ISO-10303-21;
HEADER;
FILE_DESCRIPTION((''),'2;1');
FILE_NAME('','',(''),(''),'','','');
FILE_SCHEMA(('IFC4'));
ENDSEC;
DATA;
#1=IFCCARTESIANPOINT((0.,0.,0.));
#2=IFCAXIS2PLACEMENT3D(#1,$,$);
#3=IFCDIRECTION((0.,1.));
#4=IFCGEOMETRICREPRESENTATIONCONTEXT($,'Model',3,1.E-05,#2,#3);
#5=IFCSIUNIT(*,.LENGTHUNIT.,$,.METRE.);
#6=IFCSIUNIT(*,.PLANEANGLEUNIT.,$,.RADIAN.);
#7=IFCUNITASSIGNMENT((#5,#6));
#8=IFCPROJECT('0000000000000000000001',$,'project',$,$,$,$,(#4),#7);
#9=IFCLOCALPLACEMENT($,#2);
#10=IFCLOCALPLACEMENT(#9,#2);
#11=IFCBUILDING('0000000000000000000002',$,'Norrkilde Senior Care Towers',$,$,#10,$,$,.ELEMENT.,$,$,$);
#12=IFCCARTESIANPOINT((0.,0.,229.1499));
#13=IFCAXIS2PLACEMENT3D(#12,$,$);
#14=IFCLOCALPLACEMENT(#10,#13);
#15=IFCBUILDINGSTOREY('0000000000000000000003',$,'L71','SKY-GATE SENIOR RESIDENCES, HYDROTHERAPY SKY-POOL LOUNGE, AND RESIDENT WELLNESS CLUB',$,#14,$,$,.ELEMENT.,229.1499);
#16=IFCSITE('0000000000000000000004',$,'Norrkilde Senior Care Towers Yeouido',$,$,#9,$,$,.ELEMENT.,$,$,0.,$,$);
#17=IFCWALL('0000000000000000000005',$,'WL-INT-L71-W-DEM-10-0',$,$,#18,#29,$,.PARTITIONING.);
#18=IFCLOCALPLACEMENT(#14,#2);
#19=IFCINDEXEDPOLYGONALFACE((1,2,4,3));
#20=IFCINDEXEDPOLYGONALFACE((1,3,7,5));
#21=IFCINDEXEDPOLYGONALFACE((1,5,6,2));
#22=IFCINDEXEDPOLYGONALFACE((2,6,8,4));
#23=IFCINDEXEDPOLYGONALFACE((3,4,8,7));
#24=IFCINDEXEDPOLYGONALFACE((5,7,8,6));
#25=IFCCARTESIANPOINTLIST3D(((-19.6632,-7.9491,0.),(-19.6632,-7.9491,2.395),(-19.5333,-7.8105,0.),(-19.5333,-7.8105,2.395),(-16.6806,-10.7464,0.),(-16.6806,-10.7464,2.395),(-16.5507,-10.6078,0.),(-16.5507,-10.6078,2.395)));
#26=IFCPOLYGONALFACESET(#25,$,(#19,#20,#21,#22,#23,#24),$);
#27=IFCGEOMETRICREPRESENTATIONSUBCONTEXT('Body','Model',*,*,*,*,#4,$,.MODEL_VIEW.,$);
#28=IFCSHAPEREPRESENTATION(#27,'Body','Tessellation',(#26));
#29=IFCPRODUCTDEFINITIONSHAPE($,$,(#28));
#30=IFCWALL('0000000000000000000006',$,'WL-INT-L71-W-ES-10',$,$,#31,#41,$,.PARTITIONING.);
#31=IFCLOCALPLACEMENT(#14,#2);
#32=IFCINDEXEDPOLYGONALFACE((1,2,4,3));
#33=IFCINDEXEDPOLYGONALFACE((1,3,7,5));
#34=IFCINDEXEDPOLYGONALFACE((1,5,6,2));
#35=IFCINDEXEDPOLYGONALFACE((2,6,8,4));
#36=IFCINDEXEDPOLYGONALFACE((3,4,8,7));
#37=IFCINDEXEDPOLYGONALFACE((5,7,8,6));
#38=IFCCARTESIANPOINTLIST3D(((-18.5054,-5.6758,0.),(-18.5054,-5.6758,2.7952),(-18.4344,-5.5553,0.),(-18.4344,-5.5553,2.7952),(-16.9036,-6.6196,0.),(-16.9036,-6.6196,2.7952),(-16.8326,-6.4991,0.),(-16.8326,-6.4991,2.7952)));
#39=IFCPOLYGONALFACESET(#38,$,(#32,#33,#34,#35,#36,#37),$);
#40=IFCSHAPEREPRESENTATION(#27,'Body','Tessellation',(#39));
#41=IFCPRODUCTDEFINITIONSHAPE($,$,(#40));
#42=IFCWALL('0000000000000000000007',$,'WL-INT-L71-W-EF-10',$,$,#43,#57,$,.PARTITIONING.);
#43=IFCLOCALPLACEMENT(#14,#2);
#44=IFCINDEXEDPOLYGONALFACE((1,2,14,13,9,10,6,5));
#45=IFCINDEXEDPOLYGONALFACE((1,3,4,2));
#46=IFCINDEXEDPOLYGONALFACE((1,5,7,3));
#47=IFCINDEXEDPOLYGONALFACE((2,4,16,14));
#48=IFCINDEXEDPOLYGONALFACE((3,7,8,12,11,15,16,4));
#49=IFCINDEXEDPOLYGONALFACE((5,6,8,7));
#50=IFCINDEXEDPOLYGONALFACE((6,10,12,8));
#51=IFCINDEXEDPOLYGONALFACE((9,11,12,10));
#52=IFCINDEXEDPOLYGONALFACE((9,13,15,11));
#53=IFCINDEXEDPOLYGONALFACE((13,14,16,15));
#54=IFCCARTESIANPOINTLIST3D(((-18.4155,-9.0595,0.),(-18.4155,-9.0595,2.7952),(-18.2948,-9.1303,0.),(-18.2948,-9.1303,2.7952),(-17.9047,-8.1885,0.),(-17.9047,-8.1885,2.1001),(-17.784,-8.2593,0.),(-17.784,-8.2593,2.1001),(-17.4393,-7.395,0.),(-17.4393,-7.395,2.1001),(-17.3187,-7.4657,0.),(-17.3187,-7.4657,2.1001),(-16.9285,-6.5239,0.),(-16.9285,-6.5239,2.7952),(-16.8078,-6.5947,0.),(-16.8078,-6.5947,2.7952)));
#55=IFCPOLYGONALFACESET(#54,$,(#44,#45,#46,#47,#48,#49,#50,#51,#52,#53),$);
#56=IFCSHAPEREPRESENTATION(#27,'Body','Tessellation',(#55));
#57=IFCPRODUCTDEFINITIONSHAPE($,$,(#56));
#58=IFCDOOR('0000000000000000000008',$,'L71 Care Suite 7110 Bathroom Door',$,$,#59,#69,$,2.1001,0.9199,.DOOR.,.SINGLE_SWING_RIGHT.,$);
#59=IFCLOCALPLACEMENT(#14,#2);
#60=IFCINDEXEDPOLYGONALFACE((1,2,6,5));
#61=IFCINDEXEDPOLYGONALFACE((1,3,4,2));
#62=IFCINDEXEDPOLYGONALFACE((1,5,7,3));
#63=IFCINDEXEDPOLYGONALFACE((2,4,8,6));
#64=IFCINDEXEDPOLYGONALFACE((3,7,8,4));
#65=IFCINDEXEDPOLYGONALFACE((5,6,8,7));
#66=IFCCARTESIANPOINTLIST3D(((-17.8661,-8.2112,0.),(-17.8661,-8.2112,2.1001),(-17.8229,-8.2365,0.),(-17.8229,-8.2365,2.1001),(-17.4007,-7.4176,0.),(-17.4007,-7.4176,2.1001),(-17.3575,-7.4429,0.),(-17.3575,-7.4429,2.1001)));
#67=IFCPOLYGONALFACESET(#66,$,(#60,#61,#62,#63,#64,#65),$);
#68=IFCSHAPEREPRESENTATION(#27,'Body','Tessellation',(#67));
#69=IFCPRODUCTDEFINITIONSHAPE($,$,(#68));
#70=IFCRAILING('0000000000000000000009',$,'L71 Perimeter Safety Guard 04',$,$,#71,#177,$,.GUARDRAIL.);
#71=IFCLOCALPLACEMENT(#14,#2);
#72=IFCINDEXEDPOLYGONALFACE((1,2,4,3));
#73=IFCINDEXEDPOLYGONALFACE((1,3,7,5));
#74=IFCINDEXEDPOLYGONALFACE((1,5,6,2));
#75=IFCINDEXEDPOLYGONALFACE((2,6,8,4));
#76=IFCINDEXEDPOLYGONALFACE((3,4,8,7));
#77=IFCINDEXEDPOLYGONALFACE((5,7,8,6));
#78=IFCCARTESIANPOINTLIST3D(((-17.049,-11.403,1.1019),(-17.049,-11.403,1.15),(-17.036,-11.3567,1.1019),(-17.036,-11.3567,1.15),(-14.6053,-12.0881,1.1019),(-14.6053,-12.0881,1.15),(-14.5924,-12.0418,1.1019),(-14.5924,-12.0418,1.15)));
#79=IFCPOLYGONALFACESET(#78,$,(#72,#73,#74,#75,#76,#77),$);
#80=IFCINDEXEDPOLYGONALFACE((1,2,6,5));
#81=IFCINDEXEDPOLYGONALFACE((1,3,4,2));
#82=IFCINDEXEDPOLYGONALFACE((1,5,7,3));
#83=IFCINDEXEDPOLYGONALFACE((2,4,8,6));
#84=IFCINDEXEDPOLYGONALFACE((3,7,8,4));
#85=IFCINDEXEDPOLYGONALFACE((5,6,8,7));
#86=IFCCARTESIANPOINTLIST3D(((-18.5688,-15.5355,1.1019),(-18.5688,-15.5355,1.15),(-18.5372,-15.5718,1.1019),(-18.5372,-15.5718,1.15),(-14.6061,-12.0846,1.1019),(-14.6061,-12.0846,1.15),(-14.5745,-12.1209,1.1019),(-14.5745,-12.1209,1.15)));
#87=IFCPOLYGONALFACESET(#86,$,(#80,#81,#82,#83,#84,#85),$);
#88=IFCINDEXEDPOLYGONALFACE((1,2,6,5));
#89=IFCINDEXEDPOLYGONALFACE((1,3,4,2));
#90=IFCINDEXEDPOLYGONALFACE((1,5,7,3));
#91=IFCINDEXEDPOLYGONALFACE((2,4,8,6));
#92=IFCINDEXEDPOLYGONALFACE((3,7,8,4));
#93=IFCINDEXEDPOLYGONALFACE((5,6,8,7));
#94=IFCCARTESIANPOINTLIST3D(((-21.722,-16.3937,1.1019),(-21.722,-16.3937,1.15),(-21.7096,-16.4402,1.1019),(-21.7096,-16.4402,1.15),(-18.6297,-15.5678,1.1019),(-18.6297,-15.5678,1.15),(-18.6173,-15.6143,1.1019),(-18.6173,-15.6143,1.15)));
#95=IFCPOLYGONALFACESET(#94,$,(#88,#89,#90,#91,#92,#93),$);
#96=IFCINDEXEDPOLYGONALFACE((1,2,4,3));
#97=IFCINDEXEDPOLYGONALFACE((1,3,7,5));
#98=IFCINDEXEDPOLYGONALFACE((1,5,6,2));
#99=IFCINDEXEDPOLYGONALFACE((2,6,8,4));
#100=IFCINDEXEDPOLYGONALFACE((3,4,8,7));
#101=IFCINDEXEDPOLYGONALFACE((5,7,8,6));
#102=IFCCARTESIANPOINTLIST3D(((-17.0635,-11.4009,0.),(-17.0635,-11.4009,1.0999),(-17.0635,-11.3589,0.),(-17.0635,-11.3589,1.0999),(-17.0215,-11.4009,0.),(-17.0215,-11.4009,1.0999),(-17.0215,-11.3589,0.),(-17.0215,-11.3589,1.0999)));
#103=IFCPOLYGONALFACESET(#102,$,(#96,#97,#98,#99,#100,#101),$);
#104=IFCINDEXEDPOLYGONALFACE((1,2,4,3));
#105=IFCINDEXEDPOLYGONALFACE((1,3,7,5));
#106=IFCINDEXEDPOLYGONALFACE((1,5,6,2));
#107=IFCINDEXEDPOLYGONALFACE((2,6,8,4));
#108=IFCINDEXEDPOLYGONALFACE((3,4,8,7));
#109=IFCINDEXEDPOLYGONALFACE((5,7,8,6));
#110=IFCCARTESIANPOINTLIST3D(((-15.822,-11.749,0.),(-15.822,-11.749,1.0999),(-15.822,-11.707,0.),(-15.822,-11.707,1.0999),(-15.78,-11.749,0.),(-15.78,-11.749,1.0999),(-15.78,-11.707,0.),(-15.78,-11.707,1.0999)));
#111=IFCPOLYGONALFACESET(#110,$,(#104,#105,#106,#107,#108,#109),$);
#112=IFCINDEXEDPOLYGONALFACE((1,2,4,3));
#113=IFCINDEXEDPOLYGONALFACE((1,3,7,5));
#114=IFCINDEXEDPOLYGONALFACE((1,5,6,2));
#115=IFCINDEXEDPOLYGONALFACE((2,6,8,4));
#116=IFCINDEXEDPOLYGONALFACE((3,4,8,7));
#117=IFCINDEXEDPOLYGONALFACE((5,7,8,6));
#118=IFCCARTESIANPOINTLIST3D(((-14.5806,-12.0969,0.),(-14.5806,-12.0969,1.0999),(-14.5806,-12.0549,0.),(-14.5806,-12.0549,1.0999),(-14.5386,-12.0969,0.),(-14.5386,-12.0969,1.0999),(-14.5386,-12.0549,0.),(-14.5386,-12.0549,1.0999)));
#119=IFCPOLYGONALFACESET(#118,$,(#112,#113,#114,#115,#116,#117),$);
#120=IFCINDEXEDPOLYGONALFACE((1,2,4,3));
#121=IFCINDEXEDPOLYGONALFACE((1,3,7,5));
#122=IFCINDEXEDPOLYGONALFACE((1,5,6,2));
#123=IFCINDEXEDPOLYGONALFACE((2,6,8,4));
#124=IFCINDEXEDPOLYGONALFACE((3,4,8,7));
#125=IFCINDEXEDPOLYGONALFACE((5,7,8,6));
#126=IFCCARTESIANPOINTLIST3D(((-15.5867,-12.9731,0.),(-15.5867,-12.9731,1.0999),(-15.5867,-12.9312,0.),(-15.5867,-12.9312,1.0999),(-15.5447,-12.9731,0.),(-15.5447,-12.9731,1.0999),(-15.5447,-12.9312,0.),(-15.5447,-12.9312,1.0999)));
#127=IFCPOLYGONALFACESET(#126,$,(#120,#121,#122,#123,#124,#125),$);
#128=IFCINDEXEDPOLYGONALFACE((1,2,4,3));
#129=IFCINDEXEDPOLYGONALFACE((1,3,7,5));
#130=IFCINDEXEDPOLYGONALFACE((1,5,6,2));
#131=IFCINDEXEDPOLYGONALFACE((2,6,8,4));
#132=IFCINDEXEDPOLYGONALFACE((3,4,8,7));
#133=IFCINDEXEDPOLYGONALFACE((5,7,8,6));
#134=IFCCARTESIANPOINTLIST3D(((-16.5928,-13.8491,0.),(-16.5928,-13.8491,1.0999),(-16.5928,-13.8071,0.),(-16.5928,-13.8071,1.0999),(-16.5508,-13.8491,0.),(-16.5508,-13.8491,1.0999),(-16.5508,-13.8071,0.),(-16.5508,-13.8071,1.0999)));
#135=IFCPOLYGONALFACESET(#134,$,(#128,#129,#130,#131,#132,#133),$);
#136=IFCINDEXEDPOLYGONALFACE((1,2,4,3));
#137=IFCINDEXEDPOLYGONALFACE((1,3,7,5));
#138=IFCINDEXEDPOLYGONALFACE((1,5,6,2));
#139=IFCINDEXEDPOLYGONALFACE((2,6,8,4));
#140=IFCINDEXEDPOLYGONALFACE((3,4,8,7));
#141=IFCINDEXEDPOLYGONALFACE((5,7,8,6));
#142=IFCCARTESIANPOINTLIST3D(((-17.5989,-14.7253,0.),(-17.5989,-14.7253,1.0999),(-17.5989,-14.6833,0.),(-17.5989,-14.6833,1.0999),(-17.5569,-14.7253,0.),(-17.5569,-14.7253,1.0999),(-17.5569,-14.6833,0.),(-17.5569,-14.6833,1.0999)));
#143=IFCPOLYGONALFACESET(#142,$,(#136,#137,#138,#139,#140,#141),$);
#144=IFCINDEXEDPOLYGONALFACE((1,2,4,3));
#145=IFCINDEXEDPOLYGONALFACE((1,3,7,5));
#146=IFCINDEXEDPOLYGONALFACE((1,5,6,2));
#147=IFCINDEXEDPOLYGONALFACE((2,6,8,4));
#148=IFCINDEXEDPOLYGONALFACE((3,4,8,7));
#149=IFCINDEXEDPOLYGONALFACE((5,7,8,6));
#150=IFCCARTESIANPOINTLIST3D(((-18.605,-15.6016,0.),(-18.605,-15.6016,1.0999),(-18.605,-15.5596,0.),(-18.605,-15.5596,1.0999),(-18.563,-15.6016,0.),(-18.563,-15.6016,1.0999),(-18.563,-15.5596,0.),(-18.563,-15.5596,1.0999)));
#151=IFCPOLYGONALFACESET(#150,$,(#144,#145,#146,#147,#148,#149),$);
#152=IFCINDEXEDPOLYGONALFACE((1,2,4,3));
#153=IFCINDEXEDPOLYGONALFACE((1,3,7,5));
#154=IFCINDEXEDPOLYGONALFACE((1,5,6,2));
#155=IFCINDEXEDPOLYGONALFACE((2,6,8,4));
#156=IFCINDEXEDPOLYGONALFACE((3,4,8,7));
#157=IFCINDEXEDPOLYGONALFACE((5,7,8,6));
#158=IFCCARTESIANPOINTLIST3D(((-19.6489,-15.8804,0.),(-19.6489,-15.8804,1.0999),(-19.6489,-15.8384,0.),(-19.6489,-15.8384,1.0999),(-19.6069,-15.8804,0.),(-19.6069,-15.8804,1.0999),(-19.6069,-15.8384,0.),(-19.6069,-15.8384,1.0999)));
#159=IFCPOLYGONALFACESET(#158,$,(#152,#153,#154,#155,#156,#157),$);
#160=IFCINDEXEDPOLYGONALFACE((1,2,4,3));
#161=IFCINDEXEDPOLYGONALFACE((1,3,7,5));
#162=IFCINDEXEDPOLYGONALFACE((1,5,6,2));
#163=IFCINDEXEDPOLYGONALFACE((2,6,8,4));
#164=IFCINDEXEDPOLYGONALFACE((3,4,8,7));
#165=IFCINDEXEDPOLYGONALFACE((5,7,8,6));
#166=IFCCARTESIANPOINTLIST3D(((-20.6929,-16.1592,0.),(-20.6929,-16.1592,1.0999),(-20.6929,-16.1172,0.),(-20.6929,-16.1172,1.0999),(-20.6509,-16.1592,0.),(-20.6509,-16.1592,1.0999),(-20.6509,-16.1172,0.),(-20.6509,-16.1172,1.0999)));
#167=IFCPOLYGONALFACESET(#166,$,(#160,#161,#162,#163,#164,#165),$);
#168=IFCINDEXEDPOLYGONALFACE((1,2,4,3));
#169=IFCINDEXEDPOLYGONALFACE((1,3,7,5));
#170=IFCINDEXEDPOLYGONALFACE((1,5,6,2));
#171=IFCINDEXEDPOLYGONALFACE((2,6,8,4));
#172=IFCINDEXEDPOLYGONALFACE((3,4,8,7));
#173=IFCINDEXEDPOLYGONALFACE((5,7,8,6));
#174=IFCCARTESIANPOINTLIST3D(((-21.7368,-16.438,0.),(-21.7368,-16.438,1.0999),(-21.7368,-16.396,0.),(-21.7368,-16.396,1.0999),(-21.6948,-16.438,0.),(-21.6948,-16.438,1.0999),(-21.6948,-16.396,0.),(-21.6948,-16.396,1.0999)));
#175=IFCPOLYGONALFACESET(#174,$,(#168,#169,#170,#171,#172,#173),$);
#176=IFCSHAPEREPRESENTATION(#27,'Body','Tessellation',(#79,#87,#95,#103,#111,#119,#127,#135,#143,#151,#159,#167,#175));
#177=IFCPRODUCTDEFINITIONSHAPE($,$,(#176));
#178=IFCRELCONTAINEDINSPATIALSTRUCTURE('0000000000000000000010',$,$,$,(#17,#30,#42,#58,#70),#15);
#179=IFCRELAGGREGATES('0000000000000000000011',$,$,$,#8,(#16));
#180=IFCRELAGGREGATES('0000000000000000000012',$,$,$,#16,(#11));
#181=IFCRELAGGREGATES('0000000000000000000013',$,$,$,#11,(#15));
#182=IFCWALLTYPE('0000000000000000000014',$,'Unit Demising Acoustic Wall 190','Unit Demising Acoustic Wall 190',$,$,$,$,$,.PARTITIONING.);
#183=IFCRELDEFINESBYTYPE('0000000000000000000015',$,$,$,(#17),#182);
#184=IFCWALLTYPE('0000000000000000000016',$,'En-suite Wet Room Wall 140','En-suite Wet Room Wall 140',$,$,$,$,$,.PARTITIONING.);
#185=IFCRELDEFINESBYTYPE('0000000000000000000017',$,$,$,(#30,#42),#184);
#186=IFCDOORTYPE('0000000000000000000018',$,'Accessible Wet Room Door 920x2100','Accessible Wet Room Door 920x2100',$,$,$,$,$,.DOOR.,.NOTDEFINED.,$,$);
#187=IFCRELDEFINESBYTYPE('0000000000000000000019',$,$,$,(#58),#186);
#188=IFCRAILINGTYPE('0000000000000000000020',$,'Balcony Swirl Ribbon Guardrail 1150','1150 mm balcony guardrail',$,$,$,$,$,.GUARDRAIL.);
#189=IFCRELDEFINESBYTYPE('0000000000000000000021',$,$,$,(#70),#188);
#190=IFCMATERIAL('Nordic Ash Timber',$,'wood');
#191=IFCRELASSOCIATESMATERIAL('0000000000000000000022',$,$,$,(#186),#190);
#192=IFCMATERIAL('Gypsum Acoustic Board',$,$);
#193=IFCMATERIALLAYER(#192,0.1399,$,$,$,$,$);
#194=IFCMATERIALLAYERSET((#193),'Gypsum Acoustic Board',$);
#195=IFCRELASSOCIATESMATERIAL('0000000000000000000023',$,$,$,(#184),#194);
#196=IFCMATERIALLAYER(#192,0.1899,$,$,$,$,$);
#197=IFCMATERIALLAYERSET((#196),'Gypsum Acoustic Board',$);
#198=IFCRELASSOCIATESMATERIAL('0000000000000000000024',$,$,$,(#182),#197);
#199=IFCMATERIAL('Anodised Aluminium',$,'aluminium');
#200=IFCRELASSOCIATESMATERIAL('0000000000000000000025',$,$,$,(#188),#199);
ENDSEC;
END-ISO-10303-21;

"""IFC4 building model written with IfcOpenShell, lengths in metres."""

from ifc_helpers import new_model, si_unit, direction, frame, frame_2d, origin, origin_2d, place, context, subcontext, project, spatial, rectangle, extrude, source, transform, mapped, material, layer, layer_set, type_object, type_shapes, element, fill, save


model = new_model("IFC4")

# Units and contexts
model_context = context("Model", 3, precision=1e-05, world=origin(), true_north=direction((0.0, 1.0)))
body_context = subcontext(model_context, "Body", "Model", "MODEL_VIEW")
ifc_project = project(units=[si_unit("LENGTHUNIT", "METRE"), si_unit("PLANEANGLEUNIT", "RADIAN")], contexts=[model_context])

# Site, building, storey
site_placement = place(None, origin())
site = spatial("IfcSite", under=ifc_project, at=site_placement, Name="Norrkilde Senior Care Towers Yeouido", CompositionType="ELEMENT", RefElevation=0.0)
building_placement = place(site_placement, origin())
building = spatial("IfcBuilding", under=site, at=building_placement, Name="Norrkilde Senior Care Towers", CompositionType="ELEMENT")
storey_placement = place(building_placement, frame((0.0, 0.0, 229.1499)))
storey = spatial("IfcBuildingStorey", under=building, at=storey_placement, Name="L71", Description="SKY-GATE SENIOR RESIDENCES, HYDROTHERAPY SKY-POOL LOUNGE, AND RESIDENT WELLNESS CLUB", CompositionType="ELEMENT", Elevation=229.1499)

# Shared definitions
ifc_material_1 = material(Name="Anodised Aluminium", Category="aluminium")

# Shared definitions
ifc_material_2 = material(Name="Gypsum Acoustic Board")

# Shared definitions
ifc_material_3 = material(Name="Nordic Ash Timber", Category="wood")
door_type_1 = type_object("IfcDoorType", Name="Accessible Wet Room Door 920x2100", Description="Accessible Wet Room Door 920x2100", OperationType="NOTDEFINED", PredefinedType="DOOR", material=ifc_material_3)
shared_shape_1 = source(origin(), body_context, "Body", "SweptSolid", [
    extrude(rectangle(XDim=0.9199, YDim=2.1001, at=frame_2d((0.46, 1.05))), frame((0.0, 0.0249, 0.0), z_axis=(0.0, -1.0, 0.0), x_axis=(1.0, 0.0, 0.0)), (0.0, 0.0, 1.0), 0.05),
])
type_shapes(door_type_1, [shared_shape_1])

# Walls
ifc_layer_1 = layer(ifc_material_2, 0.1399)
ifc_layer_set_1 = layer_set([ifc_layer_1], Name="Gypsum Acoustic Board")
wall_type_1 = type_object("IfcWallType", Name="En-suite Wet Room Wall 140", Description="En-suite Wet Room Wall 140", PredefinedType="PARTITIONING", material=ifc_layer_set_1)
ifc_layer_2 = layer(ifc_material_2, 0.1899)
ifc_layer_set_2 = layer_set([ifc_layer_2], Name="Gypsum Acoustic Board")
wall_type_2 = type_object("IfcWallType", Name="Unit Demising Acoustic Wall 190", Description="Unit Demising Acoustic Wall 190", PredefinedType="PARTITIONING", material=ifc_layer_set_2)
shared_shape_2 = source(origin(), body_context, "Body", "SweptSolid", [
    extrude(rectangle(XDim=4.0891, YDim=0.1899, at=frame_2d((2.0444, 0.0))), origin(), (0.0, 0.0, 1.0), 2.395),
])
type_shapes(wall_type_2, [shared_shape_2])
wall_1_placement = place(storey_placement, frame((-19.5981, -7.8799, 0.0), z_axis=(0.0, 0.0, 1.0), x_axis=(0.729401, -0.684086, 0.0)))
element("IfcWall", 1, at=wall_1_placement, inside=storey, type_object=wall_type_2, Name="WL-INT-L71-W-DEM-10-0", PredefinedType="PARTITIONING", context=body_context, shape_type="MappedRepresentation", body=[
    mapped(shared_shape_2, transform((0.0, 0.0, 0.0), x_axis=(1.0, 0.0, 0.0), y_axis=(0.0, 1.0, 0.0), z_axis=(0.0, 0.0, 1.0), scale=1.0)),
])
shared_shape_3 = source(origin(), body_context, "Body", "SweptSolid", [
    extrude(rectangle(XDim=1.8591, YDim=0.1399, at=frame_2d((0.9297, 0.0))), origin(), (0.0, 0.0, 1.0), 2.7952),
])
wall_2_placement = place(storey_placement, frame((-18.47, -5.6155, 0.0), z_axis=(0.0, 0.0, 1.0), x_axis=(0.861556, -0.507663, 0.0)))
element("IfcWall", 2, at=wall_2_placement, inside=storey, type_object=wall_type_1, Name="WL-INT-L71-W-ES-10", PredefinedType="PARTITIONING", context=body_context, shape_type="MappedRepresentation", body=[
    mapped(shared_shape_3, transform((0.0, 0.0, 0.0), x_axis=(1.0, 0.0, 0.0), y_axis=(0.0, 1.0, 0.0), z_axis=(0.0, 0.0, 1.0), scale=1.0)),
])

# Wall, opening, door
shared_shape_4 = source(origin(), body_context, "Body", "SweptSolid", [
    extrude(rectangle(XDim=2.9395, YDim=0.1399, at=frame_2d((1.4697, 0.0))), origin(), (0.0, 0.0, 1.0), 2.7952),
])
wall_3_placement = place(storey_placement, frame((-16.8682, -6.5593, 0.0), z_axis=(0.0, 0.0, 1.0), x_axis=(-0.505884, -0.862602, 0.0)))
wall_3 = element("IfcWall", 3, at=wall_3_placement, inside=storey, type_object=wall_type_1, Name="WL-INT-L71-W-EF-10", PredefinedType="PARTITIONING", context=body_context, shape_type="MappedRepresentation", body=[
    mapped(shared_shape_4, transform((0.0, 0.0, 0.0), x_axis=(1.0, 0.0, 0.0), y_axis=(0.0, 1.0, 0.0), z_axis=(0.0, 0.0, 1.0), scale=1.0)),
])
opening_1_placement = place(wall_3_placement, frame((1.0098, 0.0, 0.0)))
opening_1 = element("IfcOpeningElement", 4, at=opening_1_placement, cuts=wall_3, PredefinedType="OPENING", context=body_context, shape_type="SweptSolid", body=[
    extrude(rectangle(XDim=0.9199, YDim=2.1001, at=frame_2d((0.46, 1.05))), frame((0.0, 0.0798, 0.0), z_axis=(0.0, -1.0, 0.0), x_axis=(1.0, 0.0, 0.0)), (0.0, 0.0, 1.0), 0.1599),
])
door_1_placement = place(opening_1_placement, origin())
door_1 = element("IfcDoor", 5, at=door_1_placement, inside=storey, type_object=door_type_1, Name="L71 Care Suite 7110 Bathroom Door", OperationType="SINGLE_SWING_RIGHT", OverallHeight=2.1001, OverallWidth=0.9199, PredefinedType="DOOR", context=body_context, shape_type="MappedRepresentation", body=[
    mapped(shared_shape_1, transform((0.0, 0.0, 0.0), x_axis=(1.0, 0.0, 0.0), y_axis=(0.0, 1.0, 0.0), z_axis=(0.0, 0.0, 1.0), scale=1.0)),
])
fill(opening_1, door_1)

# Railing
railing_type = type_object("IfcRailingType", Name="Balcony Swirl Ribbon Guardrail 1150", Description="1150 mm balcony guardrail", PredefinedType="GUARDRAIL", material=ifc_material_1)
railing_1_placement = place(storey_placement, frame((-17.0425, -11.3799, 0.0)))
element("IfcRailing", 6, at=railing_1_placement, inside=storey, type_object=railing_type, Name="L71 Perimeter Safety Guard 04", PredefinedType="GUARDRAIL", context=body_context, shape_type="SweptSolid", body=[
    extrude(rectangle(XDim=0.0481, YDim=0.0481, at=origin_2d()), frame((0.0, 0.0, 1.126), z_axis=(0.96288, -0.269928, 0.0), x_axis=(0.269928, 0.96288, 0.0)), (0.0, 0.0, 1.0), 2.5378),
    extrude(rectangle(XDim=0.0481, YDim=0.0481, at=origin_2d()), frame((2.4521, -0.7229, 1.126), z_axis=(-0.754128, -0.656728, 0.0), x_axis=(0.656728, -0.754128, 0.0)), (0.0, 0.0, 1.0), 5.2546),
    extrude(rectangle(XDim=0.0481, YDim=0.0481, at=origin_2d()), frame((-1.5811, -4.2112, 1.126), z_axis=(-0.966137, -0.258028, 0.0), x_axis=(0.258028, -0.966137, 0.0)), (0.0, 0.0, 1.0), 3.2007),
    extrude(rectangle(XDim=0.042, YDim=0.042, at=origin_2d()), origin(), (0.0, 0.0, 1.0), 1.0999),
    extrude(rectangle(XDim=0.042, YDim=0.042, at=origin_2d()), frame((1.2415, -0.3481, 0.0)), (0.0, 0.0, 1.0), 1.0999),
    extrude(rectangle(XDim=0.042, YDim=0.042, at=origin_2d()), frame((2.4829, -0.696, 0.0)), (0.0, 0.0, 1.0), 1.0999),
    extrude(rectangle(XDim=0.042, YDim=0.042, at=origin_2d()), frame((1.4768, -1.5723, 0.0)), (0.0, 0.0, 1.0), 1.0999),
    extrude(rectangle(XDim=0.042, YDim=0.042, at=origin_2d()), frame((0.4707, -2.4482, 0.0)), (0.0, 0.0, 1.0), 1.0999),
    extrude(rectangle(XDim=0.042, YDim=0.042, at=origin_2d()), frame((-0.5354, -3.3245, 0.0)), (0.0, 0.0, 1.0), 1.0999),
    extrude(rectangle(XDim=0.042, YDim=0.042, at=origin_2d()), frame((-1.5415, -4.2007, 0.0)), (0.0, 0.0, 1.0), 1.0999),
    extrude(rectangle(XDim=0.042, YDim=0.042, at=origin_2d()), frame((-2.5854, -4.4795, 0.0)), (0.0, 0.0, 1.0), 1.0999),
    extrude(rectangle(XDim=0.042, YDim=0.042, at=origin_2d()), frame((-3.6294, -4.7583, 0.0)), (0.0, 0.0, 1.0), 1.0999),
    extrude(rectangle(XDim=0.042, YDim=0.042, at=origin_2d()), frame((-4.6733, -5.0371, 0.0)), (0.0, 0.0, 1.0), 1.0999),
])

save(model, "model.ifc")
